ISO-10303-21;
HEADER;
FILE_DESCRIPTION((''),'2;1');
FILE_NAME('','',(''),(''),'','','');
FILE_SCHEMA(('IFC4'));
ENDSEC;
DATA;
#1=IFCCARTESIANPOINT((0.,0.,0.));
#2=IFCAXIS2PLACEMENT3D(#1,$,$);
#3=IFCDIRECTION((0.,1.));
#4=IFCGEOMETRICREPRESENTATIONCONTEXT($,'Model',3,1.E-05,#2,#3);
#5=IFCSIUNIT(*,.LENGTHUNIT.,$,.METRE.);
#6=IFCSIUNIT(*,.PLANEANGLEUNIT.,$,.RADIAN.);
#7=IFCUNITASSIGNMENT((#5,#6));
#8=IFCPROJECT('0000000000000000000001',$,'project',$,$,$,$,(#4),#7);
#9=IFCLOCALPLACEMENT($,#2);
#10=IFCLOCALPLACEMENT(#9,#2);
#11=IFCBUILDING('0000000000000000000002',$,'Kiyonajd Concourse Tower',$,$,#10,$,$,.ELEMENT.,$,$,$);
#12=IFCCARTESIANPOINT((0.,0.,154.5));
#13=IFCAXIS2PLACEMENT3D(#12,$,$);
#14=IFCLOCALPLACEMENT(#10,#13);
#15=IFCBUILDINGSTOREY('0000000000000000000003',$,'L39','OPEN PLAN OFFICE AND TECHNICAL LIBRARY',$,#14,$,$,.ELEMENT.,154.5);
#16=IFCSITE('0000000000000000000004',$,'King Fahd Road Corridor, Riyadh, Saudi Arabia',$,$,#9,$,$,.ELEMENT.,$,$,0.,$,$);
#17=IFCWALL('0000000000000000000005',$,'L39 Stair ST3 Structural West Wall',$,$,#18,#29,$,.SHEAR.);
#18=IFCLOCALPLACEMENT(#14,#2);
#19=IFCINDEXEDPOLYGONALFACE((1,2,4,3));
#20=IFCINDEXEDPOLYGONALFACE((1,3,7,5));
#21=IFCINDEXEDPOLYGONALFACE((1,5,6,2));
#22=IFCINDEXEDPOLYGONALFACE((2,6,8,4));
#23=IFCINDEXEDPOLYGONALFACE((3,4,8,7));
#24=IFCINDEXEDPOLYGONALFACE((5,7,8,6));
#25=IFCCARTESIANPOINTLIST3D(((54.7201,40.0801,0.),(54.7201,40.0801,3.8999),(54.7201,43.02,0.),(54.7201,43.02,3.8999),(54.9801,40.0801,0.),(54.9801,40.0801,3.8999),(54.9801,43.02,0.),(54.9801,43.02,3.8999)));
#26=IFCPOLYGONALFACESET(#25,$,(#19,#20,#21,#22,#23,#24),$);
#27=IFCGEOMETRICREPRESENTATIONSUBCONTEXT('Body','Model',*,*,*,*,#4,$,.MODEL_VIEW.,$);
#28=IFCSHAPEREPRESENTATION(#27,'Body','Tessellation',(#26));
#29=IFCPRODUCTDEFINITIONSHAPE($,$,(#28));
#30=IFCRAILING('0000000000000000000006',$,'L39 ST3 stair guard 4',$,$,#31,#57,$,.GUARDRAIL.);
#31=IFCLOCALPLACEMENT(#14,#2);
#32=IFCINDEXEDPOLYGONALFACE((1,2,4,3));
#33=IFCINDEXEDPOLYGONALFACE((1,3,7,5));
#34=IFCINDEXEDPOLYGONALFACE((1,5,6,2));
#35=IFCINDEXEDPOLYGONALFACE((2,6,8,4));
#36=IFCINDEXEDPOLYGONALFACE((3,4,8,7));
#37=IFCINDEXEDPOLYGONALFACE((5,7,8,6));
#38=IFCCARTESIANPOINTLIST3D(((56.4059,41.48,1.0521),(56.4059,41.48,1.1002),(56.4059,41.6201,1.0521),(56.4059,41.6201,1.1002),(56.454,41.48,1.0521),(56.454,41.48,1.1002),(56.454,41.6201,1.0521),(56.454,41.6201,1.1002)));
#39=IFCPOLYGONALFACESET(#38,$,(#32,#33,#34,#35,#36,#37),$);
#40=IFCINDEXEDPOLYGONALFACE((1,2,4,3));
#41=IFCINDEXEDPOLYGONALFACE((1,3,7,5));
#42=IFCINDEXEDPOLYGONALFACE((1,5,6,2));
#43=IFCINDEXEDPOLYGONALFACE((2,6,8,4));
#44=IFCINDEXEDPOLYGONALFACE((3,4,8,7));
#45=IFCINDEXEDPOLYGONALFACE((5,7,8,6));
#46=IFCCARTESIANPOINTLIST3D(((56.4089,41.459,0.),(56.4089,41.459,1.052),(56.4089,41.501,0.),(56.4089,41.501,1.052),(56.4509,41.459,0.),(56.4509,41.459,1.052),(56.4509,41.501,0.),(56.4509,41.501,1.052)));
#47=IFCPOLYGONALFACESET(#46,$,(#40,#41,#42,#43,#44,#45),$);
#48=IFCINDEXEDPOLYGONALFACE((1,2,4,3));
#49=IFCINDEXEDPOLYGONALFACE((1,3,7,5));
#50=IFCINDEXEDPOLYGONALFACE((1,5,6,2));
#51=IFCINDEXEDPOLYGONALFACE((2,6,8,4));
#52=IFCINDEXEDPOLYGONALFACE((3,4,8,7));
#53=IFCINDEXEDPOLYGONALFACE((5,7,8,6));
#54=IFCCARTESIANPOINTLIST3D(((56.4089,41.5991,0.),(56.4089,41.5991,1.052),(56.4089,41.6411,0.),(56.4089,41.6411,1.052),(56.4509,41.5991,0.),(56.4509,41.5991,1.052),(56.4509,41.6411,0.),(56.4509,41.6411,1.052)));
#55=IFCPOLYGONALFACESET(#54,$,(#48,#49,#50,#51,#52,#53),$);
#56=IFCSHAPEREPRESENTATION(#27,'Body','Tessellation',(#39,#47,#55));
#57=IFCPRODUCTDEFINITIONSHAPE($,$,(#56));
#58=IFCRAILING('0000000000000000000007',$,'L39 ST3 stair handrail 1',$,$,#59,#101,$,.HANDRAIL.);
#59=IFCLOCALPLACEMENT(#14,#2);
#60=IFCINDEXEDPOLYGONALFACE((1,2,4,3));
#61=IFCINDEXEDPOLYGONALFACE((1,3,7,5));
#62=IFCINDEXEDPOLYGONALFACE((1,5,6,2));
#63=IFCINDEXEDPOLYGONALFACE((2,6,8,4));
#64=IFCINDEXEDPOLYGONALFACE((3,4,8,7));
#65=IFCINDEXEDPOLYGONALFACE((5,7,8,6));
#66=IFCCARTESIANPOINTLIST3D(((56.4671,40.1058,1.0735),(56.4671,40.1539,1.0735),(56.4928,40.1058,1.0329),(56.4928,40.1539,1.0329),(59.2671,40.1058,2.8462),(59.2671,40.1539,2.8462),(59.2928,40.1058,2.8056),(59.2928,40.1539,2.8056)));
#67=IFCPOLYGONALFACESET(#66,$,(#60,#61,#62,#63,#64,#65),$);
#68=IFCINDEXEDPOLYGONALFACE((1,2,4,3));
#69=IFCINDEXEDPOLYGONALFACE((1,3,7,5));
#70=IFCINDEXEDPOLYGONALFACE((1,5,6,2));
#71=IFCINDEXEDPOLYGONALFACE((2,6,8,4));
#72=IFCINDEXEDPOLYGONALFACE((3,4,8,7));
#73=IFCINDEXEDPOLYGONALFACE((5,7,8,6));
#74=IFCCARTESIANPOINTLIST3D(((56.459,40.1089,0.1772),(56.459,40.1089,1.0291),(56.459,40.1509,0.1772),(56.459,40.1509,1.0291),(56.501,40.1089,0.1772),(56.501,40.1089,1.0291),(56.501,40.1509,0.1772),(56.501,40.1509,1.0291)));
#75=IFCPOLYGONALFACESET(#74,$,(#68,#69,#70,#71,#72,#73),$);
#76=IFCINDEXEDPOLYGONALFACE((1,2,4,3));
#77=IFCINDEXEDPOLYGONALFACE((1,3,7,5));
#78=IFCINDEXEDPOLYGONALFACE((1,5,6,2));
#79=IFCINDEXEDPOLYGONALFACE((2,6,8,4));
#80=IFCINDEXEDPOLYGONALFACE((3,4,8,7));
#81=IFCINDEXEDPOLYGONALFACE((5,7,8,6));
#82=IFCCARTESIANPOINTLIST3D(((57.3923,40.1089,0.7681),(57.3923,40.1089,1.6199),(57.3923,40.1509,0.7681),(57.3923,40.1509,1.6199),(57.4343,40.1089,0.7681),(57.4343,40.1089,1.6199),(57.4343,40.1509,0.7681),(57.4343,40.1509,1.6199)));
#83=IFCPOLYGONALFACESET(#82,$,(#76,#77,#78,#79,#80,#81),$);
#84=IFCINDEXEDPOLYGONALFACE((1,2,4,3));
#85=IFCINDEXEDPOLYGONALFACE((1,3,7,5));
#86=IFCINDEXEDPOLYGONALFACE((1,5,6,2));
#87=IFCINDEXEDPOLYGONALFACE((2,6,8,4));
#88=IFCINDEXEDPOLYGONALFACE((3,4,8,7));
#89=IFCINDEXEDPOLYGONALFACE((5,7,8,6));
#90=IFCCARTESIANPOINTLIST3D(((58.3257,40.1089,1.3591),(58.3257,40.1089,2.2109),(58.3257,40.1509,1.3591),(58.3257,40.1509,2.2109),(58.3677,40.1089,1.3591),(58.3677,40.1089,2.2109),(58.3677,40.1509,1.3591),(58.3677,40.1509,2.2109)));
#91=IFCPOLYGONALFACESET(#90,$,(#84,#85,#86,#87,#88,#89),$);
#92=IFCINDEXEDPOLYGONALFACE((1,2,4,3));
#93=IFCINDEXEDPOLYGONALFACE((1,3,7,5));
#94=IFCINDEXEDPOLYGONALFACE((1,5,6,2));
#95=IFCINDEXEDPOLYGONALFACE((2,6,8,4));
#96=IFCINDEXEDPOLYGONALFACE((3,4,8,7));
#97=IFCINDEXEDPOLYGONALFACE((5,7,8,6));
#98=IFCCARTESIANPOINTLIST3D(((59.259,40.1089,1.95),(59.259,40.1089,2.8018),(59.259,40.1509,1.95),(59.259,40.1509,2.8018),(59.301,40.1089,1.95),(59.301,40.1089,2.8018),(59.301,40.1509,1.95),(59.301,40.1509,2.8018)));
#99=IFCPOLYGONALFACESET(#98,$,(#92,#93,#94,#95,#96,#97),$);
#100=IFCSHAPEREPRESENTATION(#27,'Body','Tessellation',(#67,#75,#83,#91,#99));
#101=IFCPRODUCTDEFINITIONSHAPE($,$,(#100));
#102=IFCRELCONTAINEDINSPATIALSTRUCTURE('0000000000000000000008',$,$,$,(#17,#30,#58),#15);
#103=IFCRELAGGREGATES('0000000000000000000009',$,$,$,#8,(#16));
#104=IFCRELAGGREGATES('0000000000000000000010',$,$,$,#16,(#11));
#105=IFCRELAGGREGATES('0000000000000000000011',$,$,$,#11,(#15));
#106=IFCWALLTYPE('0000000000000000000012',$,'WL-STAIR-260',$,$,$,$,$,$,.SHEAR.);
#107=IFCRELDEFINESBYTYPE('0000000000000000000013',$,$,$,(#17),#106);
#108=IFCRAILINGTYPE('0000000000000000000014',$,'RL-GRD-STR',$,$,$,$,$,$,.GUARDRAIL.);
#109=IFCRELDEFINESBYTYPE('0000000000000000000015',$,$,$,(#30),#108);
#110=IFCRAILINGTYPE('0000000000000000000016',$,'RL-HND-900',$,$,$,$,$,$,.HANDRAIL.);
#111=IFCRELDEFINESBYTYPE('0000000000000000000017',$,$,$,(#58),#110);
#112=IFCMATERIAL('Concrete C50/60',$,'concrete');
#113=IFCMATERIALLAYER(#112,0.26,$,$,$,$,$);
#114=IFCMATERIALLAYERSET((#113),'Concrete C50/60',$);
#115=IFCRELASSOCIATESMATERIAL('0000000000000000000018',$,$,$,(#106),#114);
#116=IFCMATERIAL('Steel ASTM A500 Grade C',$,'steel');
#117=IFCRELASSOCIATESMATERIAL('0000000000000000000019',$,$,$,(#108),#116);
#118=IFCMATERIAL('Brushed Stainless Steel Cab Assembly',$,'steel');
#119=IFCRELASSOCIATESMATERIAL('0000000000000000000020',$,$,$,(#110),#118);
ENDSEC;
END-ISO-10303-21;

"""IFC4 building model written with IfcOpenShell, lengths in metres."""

from ifc_helpers import new_model, si_unit, direction, frame, frame_2d, origin, origin_2d, place, context, subcontext, project, spatial, rectangle, extrude, material, layer, layer_set, type_object, element, save


model = new_model("IFC4")

# Units and contexts
model_context = context("Model", 3, precision=1e-05, world=origin(), true_north=direction((0.0, 1.0)))
body_context = subcontext(model_context, "Body", "Model", "MODEL_VIEW")
ifc_project = project(units=[si_unit("LENGTHUNIT", "METRE"), si_unit("PLANEANGLEUNIT", "RADIAN")], contexts=[model_context])

# Site, building, storey
site_placement = place(None, origin())
site = spatial("IfcSite", under=ifc_project, at=site_placement, Name="King Fahd Road Corridor, Riyadh, Saudi Arabia", CompositionType="ELEMENT", RefElevation=0.0)
building_placement = place(site_placement, origin())
building = spatial("IfcBuilding", under=site, at=building_placement, Name="Kiyonajd Concourse Tower", CompositionType="ELEMENT")
storey_placement = place(building_placement, frame((0.0, 0.0, 154.5)))
storey = spatial("IfcBuildingStorey", under=building, at=storey_placement, Name="L39", Description="OPEN PLAN OFFICE AND TECHNICAL LIBRARY", CompositionType="ELEMENT", Elevation=154.5)

# Shared definitions
ifc_material_1 = material(Name="Concrete C50/60", Category="concrete")

# Shared definitions
ifc_material_2 = material(Name="Brushed Stainless Steel Cab Assembly", Category="steel")

# Shared definitions
ifc_layer_1 = layer(ifc_material_1, 0.26)
ifc_layer_set_1 = layer_set([ifc_layer_1], Name="Concrete C50/60")
wall_type_1 = type_object("IfcWallType", Name="WL-STAIR-260", PredefinedType="SHEAR", material=ifc_layer_set_1)

# Wall
wall_1_placement = place(storey_placement, frame((54.8501, 40.0801, 0.0), z_axis=(0.0, 0.0, 1.0), x_axis=(0.0, 1.0, 0.0)))
element("IfcWall", 1, at=wall_1_placement, inside=storey, type_object=wall_type_1, Name="L39 Stair ST3 Structural West Wall", PredefinedType="SHEAR", context=body_context, shape_type="SweptSolid", body=[
    extrude(rectangle(XDim=2.9399, YDim=0.26, at=frame_2d((1.47, 0.0))), origin(), (0.0, 0.0, 1.0), 3.8999),
])

# Railings
ifc_material_3 = material(Name="Steel ASTM A500 Grade C", Category="steel")
railing_type_1 = type_object("IfcRailingType", Name="RL-GRD-STR", PredefinedType="GUARDRAIL", material=ifc_material_3)
railing_1_placement = place(storey_placement, frame((56.4299, 41.48, 0.0)))
element("IfcRailing", 2, at=railing_1_placement, inside=storey, type_object=railing_type_1, Name="L39 ST3 stair guard 4", PredefinedType="GUARDRAIL", context=body_context, shape_type="SweptSolid", body=[
    extrude(rectangle(XDim=0.0481, YDim=0.0481, at=origin_2d()), frame((0.0, 0.0, 1.0762), z_axis=(0.0, 1.0, 0.0), x_axis=(-1.0, 0.0, 0.0)), (0.0, 0.0, 1.0), 0.1401),
    extrude(rectangle(XDim=0.042, YDim=0.042, at=origin_2d()), origin(), (0.0, 0.0, 1.0), 1.052),
    extrude(rectangle(XDim=0.042, YDim=0.042, at=origin_2d()), frame((0.0, 0.1401, 0.0)), (0.0, 0.0, 1.0), 1.052),
])
railing_type_2 = type_object("IfcRailingType", Name="RL-HND-900", PredefinedType="HANDRAIL", material=ifc_material_2)
railing_2_placement = place(storey_placement, frame((56.48, 40.1299, 0.1772)))
element("IfcRailing", 3, at=railing_2_placement, inside=storey, type_object=railing_type_2, Name="L39 ST3 stair handrail 1", PredefinedType="HANDRAIL", context=body_context, shape_type="SweptSolid", body=[
    extrude(rectangle(XDim=0.0481, YDim=0.0481, at=origin_2d()), frame((0.0, 0.0, 0.876), z_axis=(0.844909, 0.0, 0.53491), x_axis=(0.0, 1.0, 0.0)), (0.0, 0.0, 1.0), 3.314),
    extrude(rectangle(XDim=0.042, YDim=0.042, at=origin_2d()), origin(), (0.0, 0.0, 1.0), 0.8518),
    extrude(rectangle(XDim=0.042, YDim=0.042, at=origin_2d()), frame((0.9333, 0.0, 0.5908)), (0.0, 0.0, 1.0), 0.8518),
    extrude(rectangle(XDim=0.042, YDim=0.042, at=origin_2d()), frame((1.8667, 0.0, 1.1819)), (0.0, 0.0, 1.0), 0.8518),
    extrude(rectangle(XDim=0.042, YDim=0.042, at=origin_2d()), frame((2.8, 0.0, 1.7727)), (0.0, 0.0, 1.0), 0.8518),
])

save(model, "model.ifc")
